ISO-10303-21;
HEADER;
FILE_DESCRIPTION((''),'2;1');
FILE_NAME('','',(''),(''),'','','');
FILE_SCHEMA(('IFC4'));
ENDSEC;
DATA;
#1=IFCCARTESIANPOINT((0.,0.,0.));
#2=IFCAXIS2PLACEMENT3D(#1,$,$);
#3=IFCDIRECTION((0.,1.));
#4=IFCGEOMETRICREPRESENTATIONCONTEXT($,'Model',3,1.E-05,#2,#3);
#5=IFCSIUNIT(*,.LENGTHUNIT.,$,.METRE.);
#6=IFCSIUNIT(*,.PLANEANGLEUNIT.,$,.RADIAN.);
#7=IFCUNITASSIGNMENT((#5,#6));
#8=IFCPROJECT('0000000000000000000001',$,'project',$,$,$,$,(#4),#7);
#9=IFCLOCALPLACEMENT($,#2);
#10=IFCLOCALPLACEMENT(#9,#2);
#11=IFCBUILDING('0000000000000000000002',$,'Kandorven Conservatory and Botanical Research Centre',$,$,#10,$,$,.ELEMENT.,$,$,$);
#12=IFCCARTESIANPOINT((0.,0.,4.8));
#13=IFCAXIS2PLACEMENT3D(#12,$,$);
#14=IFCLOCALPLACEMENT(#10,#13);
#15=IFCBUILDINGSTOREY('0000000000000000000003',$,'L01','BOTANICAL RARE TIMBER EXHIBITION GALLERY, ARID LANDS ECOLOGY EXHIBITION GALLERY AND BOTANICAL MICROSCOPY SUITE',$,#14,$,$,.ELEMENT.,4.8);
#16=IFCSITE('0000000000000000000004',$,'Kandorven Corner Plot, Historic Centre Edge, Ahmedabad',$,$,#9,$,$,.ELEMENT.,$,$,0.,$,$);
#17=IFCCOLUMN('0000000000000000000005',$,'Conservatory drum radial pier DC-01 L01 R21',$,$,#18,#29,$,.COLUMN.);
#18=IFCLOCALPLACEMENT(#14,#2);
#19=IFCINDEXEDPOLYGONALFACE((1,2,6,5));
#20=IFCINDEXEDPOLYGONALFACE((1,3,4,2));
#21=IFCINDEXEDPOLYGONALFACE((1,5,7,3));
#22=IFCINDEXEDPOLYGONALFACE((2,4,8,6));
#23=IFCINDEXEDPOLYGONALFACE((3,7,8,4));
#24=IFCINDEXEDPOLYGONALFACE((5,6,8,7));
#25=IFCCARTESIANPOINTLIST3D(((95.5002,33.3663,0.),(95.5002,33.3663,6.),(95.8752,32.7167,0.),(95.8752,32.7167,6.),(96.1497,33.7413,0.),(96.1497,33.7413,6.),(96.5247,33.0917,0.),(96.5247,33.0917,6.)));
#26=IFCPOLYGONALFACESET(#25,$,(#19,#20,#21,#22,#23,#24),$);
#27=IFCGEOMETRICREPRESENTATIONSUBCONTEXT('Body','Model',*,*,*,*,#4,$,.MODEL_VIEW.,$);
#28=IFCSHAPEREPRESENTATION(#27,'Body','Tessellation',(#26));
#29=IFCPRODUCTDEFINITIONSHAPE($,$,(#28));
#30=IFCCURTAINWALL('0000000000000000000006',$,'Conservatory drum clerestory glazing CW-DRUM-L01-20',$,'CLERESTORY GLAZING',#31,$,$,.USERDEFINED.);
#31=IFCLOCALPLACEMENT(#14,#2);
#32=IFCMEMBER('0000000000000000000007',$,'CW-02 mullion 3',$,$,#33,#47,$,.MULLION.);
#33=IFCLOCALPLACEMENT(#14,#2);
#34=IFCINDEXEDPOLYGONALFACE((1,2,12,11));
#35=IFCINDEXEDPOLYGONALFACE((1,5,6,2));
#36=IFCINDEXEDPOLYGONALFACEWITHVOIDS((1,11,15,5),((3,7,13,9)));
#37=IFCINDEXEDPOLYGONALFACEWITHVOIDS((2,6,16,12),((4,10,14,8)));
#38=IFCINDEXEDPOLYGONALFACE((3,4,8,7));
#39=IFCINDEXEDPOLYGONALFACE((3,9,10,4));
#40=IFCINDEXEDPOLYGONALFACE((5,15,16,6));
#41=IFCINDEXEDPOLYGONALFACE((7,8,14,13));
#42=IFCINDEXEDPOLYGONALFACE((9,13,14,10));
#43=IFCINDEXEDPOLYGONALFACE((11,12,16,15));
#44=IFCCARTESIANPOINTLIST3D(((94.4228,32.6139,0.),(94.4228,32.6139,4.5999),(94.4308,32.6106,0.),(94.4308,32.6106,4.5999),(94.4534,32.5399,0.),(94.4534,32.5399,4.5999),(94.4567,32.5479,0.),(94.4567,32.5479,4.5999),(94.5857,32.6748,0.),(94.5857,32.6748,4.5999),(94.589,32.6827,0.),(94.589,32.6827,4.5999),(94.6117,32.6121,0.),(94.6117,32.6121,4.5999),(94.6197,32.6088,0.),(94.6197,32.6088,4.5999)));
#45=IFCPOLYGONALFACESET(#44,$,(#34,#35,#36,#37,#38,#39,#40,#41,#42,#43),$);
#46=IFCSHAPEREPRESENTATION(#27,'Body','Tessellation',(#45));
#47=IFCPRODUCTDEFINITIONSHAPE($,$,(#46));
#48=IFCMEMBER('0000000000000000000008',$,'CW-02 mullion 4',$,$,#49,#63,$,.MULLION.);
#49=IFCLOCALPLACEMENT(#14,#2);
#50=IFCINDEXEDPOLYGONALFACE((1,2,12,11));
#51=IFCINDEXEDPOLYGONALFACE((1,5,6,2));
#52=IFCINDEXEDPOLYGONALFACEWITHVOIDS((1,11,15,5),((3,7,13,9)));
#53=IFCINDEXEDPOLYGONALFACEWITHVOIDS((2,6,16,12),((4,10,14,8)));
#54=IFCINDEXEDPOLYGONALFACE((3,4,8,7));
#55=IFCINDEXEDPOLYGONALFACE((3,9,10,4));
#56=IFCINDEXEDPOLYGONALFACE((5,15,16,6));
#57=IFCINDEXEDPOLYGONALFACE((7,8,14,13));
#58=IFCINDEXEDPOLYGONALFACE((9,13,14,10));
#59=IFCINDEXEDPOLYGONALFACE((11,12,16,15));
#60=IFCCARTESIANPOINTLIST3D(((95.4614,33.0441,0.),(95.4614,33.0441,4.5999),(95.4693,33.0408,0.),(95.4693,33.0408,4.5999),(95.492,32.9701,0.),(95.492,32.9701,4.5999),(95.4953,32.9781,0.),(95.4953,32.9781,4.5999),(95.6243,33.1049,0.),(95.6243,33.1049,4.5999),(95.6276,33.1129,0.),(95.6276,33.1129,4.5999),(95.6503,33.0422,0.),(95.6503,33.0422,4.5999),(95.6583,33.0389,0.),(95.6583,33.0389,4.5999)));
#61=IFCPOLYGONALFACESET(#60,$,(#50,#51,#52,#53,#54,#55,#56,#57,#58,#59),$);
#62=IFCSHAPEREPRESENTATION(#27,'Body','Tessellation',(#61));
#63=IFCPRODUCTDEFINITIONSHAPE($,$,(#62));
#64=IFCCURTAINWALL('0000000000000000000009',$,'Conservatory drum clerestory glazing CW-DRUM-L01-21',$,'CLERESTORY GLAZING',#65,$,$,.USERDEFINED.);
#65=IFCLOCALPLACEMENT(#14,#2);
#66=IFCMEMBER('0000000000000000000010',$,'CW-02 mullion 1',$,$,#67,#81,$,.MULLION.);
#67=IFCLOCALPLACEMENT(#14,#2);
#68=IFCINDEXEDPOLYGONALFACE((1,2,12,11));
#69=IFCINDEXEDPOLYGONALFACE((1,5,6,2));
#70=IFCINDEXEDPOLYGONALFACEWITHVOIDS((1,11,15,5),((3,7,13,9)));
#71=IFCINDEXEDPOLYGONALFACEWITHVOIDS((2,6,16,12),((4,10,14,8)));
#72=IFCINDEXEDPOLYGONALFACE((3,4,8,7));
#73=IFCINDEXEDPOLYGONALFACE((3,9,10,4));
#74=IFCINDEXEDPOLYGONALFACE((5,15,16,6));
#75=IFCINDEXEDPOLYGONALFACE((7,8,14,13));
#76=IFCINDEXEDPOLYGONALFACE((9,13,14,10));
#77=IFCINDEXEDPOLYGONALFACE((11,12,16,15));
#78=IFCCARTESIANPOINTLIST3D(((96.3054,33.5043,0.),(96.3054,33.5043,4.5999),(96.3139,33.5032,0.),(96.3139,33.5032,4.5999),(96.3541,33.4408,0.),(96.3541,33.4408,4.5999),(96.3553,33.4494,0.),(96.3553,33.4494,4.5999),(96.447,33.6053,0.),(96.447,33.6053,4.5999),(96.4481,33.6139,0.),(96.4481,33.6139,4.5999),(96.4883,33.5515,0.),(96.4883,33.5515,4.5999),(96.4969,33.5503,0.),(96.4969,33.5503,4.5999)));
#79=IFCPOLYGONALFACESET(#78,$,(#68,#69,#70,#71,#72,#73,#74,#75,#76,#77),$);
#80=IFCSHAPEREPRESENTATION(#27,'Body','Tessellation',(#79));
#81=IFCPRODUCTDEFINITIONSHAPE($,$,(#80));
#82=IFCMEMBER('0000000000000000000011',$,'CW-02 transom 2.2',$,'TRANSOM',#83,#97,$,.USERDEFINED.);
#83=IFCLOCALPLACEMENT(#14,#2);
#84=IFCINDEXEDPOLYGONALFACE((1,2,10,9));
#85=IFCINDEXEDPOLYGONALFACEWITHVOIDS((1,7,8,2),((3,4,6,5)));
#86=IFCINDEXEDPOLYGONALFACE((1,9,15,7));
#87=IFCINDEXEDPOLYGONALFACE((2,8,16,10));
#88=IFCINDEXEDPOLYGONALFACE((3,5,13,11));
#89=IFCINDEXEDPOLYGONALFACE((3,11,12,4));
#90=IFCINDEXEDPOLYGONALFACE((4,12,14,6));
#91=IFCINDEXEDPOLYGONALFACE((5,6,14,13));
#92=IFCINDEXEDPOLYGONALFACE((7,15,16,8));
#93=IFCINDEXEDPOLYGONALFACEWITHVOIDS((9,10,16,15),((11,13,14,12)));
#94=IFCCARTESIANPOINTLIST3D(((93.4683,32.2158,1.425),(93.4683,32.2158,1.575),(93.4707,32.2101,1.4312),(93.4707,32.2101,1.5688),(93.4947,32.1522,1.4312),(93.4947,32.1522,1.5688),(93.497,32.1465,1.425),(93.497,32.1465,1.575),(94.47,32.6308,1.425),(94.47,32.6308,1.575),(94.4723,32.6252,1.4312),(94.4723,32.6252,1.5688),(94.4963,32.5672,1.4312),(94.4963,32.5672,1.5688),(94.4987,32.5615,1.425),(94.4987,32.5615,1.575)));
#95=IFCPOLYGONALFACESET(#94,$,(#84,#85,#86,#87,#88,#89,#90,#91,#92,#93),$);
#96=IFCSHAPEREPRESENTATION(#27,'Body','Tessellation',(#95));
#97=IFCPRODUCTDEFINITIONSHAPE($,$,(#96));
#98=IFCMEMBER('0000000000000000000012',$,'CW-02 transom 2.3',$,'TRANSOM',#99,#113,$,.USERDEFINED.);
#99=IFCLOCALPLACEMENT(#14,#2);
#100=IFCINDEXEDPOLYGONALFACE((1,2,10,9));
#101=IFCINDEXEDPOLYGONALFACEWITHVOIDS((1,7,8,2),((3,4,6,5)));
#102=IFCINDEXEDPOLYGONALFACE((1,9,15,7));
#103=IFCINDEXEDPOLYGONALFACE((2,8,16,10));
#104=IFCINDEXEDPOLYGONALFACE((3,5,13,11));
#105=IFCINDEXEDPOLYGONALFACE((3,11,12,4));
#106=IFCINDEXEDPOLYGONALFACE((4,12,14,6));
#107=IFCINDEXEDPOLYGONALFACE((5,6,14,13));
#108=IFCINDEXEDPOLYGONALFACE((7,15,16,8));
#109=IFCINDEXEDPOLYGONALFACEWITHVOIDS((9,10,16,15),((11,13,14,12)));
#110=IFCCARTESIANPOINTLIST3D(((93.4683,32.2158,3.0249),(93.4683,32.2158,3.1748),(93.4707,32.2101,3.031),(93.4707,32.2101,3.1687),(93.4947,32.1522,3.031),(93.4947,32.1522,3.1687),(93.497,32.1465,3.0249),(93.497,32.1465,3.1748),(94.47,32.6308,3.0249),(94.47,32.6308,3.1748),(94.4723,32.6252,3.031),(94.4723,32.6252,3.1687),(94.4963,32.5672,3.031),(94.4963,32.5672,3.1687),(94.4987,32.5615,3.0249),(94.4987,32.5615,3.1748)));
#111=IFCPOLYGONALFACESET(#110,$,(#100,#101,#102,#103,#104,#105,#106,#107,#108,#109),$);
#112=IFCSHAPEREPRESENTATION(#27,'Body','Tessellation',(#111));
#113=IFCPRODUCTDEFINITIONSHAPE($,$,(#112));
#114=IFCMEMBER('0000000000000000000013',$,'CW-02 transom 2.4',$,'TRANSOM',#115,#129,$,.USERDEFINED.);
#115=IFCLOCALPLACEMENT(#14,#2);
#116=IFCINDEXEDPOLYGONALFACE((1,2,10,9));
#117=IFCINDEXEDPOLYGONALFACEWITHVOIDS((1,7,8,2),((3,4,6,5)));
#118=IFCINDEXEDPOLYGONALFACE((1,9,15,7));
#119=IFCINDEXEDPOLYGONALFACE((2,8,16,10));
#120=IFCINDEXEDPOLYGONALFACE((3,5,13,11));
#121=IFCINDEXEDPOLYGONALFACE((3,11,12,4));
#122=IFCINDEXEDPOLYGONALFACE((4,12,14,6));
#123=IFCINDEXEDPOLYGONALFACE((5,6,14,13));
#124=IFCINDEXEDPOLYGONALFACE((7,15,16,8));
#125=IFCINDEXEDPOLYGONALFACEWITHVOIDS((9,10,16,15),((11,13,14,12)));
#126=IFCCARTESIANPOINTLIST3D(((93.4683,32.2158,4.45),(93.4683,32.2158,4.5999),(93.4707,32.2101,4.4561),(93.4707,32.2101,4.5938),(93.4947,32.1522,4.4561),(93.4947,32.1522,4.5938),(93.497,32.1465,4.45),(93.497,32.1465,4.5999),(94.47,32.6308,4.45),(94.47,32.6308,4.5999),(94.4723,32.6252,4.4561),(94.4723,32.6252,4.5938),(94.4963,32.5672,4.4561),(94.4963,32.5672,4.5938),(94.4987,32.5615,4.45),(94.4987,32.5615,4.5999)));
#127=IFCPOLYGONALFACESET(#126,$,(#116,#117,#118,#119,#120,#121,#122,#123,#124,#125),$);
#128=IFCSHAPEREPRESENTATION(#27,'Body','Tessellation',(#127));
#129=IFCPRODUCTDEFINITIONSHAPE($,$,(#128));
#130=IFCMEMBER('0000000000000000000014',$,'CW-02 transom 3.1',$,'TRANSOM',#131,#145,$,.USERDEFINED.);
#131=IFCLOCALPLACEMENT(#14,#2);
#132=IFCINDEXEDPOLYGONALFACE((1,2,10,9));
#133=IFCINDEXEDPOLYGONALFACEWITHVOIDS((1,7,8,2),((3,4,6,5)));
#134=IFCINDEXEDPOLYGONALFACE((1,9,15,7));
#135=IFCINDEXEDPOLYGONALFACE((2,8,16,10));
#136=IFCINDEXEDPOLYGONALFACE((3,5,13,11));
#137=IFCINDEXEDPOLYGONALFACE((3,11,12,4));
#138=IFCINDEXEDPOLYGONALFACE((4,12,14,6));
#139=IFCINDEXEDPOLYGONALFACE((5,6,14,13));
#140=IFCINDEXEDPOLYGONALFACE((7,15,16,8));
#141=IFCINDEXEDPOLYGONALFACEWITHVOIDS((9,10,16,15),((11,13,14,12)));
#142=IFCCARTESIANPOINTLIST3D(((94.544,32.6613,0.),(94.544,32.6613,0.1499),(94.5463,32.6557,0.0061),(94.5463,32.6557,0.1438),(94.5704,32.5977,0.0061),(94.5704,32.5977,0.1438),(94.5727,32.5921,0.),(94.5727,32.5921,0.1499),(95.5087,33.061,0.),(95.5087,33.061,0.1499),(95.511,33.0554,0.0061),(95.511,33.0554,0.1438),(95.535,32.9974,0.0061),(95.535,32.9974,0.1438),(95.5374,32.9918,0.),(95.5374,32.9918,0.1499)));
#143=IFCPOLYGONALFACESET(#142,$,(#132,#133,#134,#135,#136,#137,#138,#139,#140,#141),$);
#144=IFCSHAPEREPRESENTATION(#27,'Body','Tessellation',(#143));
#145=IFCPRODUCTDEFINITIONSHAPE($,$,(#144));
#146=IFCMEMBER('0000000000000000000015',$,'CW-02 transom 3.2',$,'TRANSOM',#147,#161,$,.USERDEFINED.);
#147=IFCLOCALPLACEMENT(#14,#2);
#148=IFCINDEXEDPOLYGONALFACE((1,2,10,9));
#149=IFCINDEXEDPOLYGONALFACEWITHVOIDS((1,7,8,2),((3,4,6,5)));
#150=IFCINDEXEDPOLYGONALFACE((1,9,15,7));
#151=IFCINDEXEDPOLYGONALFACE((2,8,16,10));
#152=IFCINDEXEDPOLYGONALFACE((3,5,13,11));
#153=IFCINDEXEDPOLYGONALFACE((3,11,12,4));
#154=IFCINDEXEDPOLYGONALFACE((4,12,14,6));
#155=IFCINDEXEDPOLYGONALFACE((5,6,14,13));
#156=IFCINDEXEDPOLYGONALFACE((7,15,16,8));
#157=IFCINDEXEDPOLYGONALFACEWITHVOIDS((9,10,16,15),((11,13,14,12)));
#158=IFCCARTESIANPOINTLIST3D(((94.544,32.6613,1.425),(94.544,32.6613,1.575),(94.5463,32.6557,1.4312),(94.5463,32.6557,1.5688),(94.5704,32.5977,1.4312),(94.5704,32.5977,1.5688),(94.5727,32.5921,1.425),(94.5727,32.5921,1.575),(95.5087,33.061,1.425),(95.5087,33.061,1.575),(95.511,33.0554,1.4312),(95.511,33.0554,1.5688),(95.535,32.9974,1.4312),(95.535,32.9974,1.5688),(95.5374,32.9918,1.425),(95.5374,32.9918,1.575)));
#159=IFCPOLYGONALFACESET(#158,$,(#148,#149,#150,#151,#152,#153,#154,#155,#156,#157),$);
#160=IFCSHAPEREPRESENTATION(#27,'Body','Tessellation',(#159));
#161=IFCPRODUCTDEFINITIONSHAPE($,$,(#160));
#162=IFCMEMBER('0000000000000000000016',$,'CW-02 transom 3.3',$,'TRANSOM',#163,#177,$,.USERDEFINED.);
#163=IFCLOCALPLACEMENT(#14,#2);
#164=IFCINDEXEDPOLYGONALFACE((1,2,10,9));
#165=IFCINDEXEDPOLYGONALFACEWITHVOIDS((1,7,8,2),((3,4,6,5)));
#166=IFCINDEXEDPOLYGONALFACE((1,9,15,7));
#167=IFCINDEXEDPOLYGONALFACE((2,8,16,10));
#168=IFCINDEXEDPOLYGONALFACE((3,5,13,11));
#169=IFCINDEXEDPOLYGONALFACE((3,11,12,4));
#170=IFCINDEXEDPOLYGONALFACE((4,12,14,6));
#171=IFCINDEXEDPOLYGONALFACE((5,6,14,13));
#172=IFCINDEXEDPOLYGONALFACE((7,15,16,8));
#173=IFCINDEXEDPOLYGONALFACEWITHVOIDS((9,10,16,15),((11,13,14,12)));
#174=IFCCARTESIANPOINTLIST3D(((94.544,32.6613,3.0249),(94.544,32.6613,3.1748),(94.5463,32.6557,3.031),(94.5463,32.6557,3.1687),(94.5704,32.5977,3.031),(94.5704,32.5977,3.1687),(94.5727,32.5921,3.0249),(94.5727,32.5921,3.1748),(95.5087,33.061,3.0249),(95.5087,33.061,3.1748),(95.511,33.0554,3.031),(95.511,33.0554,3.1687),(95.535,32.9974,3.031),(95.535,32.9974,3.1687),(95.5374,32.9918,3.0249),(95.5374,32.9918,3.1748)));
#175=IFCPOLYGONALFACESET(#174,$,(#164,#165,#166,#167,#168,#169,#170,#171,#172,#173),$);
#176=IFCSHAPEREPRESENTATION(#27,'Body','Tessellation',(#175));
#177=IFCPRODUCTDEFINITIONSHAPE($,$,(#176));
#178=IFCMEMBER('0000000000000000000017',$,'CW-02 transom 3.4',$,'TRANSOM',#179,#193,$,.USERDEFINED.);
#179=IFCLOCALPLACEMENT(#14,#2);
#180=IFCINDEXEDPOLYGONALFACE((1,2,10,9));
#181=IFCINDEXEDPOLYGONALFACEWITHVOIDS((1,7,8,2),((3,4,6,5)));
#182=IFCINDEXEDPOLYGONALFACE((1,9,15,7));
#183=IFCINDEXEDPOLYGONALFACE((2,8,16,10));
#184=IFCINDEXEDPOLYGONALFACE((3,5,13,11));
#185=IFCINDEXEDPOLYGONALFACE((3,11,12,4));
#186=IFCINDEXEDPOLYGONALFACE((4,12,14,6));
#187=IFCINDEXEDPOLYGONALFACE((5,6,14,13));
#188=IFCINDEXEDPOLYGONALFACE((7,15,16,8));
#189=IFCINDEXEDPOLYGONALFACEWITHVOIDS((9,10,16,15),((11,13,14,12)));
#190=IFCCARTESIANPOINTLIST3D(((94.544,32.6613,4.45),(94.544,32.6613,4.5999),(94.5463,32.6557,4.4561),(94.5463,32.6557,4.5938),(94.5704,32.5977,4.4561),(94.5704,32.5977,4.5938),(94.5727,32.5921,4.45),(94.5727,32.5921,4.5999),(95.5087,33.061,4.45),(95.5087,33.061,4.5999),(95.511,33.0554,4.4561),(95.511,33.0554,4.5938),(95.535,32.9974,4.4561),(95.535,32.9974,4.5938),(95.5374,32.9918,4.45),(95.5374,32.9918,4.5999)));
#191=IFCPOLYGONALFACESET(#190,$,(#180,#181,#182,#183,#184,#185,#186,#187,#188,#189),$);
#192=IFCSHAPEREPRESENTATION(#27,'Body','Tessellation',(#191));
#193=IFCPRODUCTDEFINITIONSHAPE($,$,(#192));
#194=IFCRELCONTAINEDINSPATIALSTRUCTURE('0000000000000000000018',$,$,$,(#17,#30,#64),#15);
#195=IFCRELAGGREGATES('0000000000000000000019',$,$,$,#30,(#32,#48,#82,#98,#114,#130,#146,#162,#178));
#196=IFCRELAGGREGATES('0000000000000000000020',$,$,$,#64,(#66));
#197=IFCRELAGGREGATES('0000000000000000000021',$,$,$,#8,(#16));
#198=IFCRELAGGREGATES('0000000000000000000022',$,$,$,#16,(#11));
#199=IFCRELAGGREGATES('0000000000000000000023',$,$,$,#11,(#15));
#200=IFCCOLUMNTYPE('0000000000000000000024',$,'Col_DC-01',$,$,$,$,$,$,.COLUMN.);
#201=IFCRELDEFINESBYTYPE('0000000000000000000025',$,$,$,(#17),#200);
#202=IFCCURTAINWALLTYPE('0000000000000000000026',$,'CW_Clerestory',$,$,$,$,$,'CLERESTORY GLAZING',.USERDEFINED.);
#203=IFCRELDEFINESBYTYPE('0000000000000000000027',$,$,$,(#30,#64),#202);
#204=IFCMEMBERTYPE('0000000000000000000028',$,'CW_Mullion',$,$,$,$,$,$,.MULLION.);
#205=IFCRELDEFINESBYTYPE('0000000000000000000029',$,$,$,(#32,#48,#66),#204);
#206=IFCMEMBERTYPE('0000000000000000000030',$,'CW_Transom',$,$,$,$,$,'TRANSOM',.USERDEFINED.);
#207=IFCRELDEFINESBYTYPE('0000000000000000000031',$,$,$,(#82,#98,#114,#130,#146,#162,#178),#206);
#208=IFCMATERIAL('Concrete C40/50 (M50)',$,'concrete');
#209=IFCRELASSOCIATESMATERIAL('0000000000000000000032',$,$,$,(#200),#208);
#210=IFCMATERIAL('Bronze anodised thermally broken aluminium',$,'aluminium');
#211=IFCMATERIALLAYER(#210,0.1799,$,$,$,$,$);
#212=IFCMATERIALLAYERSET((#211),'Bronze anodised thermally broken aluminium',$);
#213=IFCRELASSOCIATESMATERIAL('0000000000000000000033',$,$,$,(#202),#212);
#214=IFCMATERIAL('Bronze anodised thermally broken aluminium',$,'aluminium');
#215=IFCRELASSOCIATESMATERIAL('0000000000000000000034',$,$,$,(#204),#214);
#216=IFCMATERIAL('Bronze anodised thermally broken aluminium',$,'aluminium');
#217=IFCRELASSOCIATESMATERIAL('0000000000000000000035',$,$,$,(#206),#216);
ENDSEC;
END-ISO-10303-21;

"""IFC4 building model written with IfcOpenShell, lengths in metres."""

from ifc_helpers import new_model, si_unit, direction, frame, origin, origin_2d, place, context, subcontext, project, spatial, rectangle, hollow_rectangle, extrude, material, layer, layer_set, material_profile, profile_set, type_object, element, aggregate, save


model = new_model("IFC4")

# Units and contexts
model_context = context("Model", 3, precision=1e-05, world=origin(), true_north=direction((0.0, 1.0)))
body_context = subcontext(model_context, "Body", "Model", "MODEL_VIEW")
ifc_project = project(units=[si_unit("LENGTHUNIT", "METRE"), si_unit("PLANEANGLEUNIT", "RADIAN")], contexts=[model_context])

# Site, building, storey
site_placement = place(None, origin())
site = spatial("IfcSite", under=ifc_project, at=site_placement, Name="Kandorven Corner Plot, Historic Centre Edge, Ahmedabad", CompositionType="ELEMENT", RefElevation=0.0)
building_placement = place(site_placement, origin())
building = spatial("IfcBuilding", under=site, at=building_placement, Name="Kandorven Conservatory and Botanical Research Centre", CompositionType="ELEMENT")
storey_placement = place(building_placement, frame((0.0, 0.0, 4.8)))
storey = spatial("IfcBuildingStorey", under=building, at=storey_placement, Name="L01", Description="BOTANICAL RARE TIMBER EXHIBITION GALLERY, ARID LANDS ECOLOGY EXHIBITION GALLERY AND BOTANICAL MICROSCOPY SUITE", CompositionType="ELEMENT", Elevation=4.8)

# Column
ifc_material_1 = material(Name="Concrete C40/50 (M50)", Category="concrete")
ifc_material_profile_1 = material_profile(ifc_material_1, rectangle(XDim=0.75, YDim=0.75, at=origin_2d()))
ifc_profile_set_1 = profile_set([ifc_material_profile_1], Name="Concrete C40/50 (M50)")
column_type = type_object("IfcColumnType", Name="Col_DC-01", PredefinedType="COLUMN", material=ifc_profile_set_1)
column_placement = place(storey_placement, frame((96.0125, 33.229, 0.0), z_axis=(0.0, 0.0, 1.0), x_axis=(0.5, -0.866025, 0.0)))
element("IfcColumn", 1, at=column_placement, inside=storey, type_object=column_type, Name="Conservatory drum radial pier DC-01 L01 R21", PredefinedType="COLUMN", context=body_context, shape_type="SweptSolid", body=[
    extrude(rectangle(XDim=0.75, YDim=0.75, at=origin_2d()), origin(), (0.0, 0.0, 1.0), 6.0),
])

# Curtain wall, members
ifc_material_2 = material(Name="Bronze anodised thermally broken aluminium", Category="aluminium")
ifc_layer_1 = layer(ifc_material_2, 0.1799)
ifc_layer_set_1 = layer_set([ifc_layer_1], Name="Bronze anodised thermally broken aluminium")
curtain_wall_type = type_object("IfcCurtainWallType", Name="CW_Clerestory", ElementType="CLERESTORY GLAZING", PredefinedType="USERDEFINED", material=ifc_layer_set_1)
curtain_wall_1_placement = place(storey_placement, origin())
curtain_wall_1 = element("IfcCurtainWall", 2, at=curtain_wall_1_placement, inside=storey, type_object=curtain_wall_type, Name="Conservatory drum clerestory glazing CW-DRUM-L01-20", ObjectType="CLERESTORY GLAZING", PredefinedType="USERDEFINED")
ifc_material_3 = material(Name="Bronze anodised thermally broken aluminium", Category="aluminium")
ifc_material_profile_2 = material_profile(ifc_material_3, hollow_rectangle(XDim=0.0801, YDim=0.1799, WallThickness=0.0061, at=origin_2d()))
ifc_profile_set_2 = profile_set([ifc_material_profile_2], Name="Bronze anodised thermally broken aluminium")
member_type_1 = type_object("IfcMemberType", Name="CW_Mullion", PredefinedType="MULLION", material=ifc_profile_set_2)
member_1_placement = place(storey_placement, frame((94.5212, 32.6113, 0.0), z_axis=(0.0, 0.0, 1.0), x_axis=(-0.382669, 0.923886, 0.0)))
member_1 = element("IfcMember", 3, at=member_1_placement, type_object=member_type_1, Name="CW-02 mullion 3", PredefinedType="MULLION", context=body_context, shape_type="SweptSolid", body=[
    extrude(hollow_rectangle(XDim=0.0801, YDim=0.1799, WallThickness=0.0061, at=origin_2d()), origin(), (0.0, 0.0, 1.0), 4.5999),
])
member_2_placement = place(storey_placement, frame((95.5598, 33.0415, 0.0), z_axis=(0.0, 0.0, 1.0), x_axis=(-0.382669, 0.923886, 0.0)))
member_2 = element("IfcMember", 4, at=member_2_placement, type_object=member_type_1, Name="CW-02 mullion 4", PredefinedType="MULLION", context=body_context, shape_type="SweptSolid", body=[
    extrude(hollow_rectangle(XDim=0.0801, YDim=0.1799, WallThickness=0.0061, at=origin_2d()), origin(), (0.0, 0.0, 1.0), 4.5999),
])

# Curtain wall, member
curtain_wall_2_placement = place(storey_placement, origin())
curtain_wall_2 = element("IfcCurtainWall", 5, at=curtain_wall_2_placement, inside=storey, type_object=curtain_wall_type, Name="Conservatory drum clerestory glazing CW-DRUM-L01-21", ObjectType="CLERESTORY GLAZING", PredefinedType="USERDEFINED")
member_3_placement = place(storey_placement, frame((96.4011, 33.5273, 0.0), z_axis=(0.0, 0.0, 1.0), x_axis=(-0.608769, 0.793347, 0.0)))
member_3 = element("IfcMember", 6, at=member_3_placement, type_object=member_type_1, Name="CW-02 mullion 1", PredefinedType="MULLION", context=body_context, shape_type="SweptSolid", body=[
    extrude(hollow_rectangle(XDim=0.0801, YDim=0.1799, WallThickness=0.0061, at=origin_2d()), origin(), (0.0, 0.0, 1.0), 4.5999),
])

# Members
ifc_material_4 = material(Name="Bronze anodised thermally broken aluminium", Category="aluminium")
ifc_material_profile_3 = material_profile(ifc_material_4, hollow_rectangle(XDim=0.075, YDim=0.1499, WallThickness=0.0061, at=origin_2d()))
ifc_profile_set_3 = profile_set([ifc_material_profile_3], Name="Bronze anodised thermally broken aluminium")
member_type_2 = type_object("IfcMemberType", Name="CW_Transom", ElementType="TRANSOM", PredefinedType="USERDEFINED", material=ifc_profile_set_3)
member_4_placement = place(storey_placement, frame((93.4827, 32.1812, 1.5), z_axis=(0.923841, 0.382776, 0.0), x_axis=(-0.382776, 0.923841, 0.0)))
member_4 = element("IfcMember", 7, at=member_4_placement, type_object=member_type_2, Name="CW-02 transom 2.2", ObjectType="TRANSOM", PredefinedType="USERDEFINED", context=body_context, shape_type="SweptSolid", body=[
    extrude(hollow_rectangle(XDim=0.075, YDim=0.1499, WallThickness=0.0061, at=origin_2d()), origin(), (0.0, 0.0, 1.0), 1.0842),
])
member_5_placement = place(storey_placement, frame((93.4827, 32.1812, 3.0999), z_axis=(0.923841, 0.382776, 0.0), x_axis=(-0.382776, 0.923841, 0.0)))
member_5 = element("IfcMember", 8, at=member_5_placement, type_object=member_type_2, Name="CW-02 transom 2.3", ObjectType="TRANSOM", PredefinedType="USERDEFINED", context=body_context, shape_type="SweptSolid", body=[
    extrude(hollow_rectangle(XDim=0.075, YDim=0.1499, WallThickness=0.0061, at=origin_2d()), origin(), (0.0, 0.0, 1.0), 1.0842),
])
member_6_placement = place(storey_placement, frame((93.4827, 32.1812, 4.5249), z_axis=(0.923841, 0.382776, 0.0), x_axis=(-0.382776, 0.923841, 0.0)))
member_6 = element("IfcMember", 9, at=member_6_placement, type_object=member_type_2, Name="CW-02 transom 2.4", ObjectType="TRANSOM", PredefinedType="USERDEFINED", context=body_context, shape_type="SweptSolid", body=[
    extrude(hollow_rectangle(XDim=0.075, YDim=0.1499, WallThickness=0.0061, at=origin_2d()), origin(), (0.0, 0.0, 1.0), 1.0842),
])
member_7_placement = place(storey_placement, frame((94.5583, 32.6267, 0.075), z_axis=(0.923843, 0.382772, 0.0), x_axis=(-0.382772, 0.923843, 0.0)))
member_7 = element("IfcMember", 10, at=member_7_placement, type_object=member_type_2, Name="CW-02 transom 3.1", ObjectType="TRANSOM", PredefinedType="USERDEFINED", context=body_context, shape_type="SweptSolid", body=[
    extrude(hollow_rectangle(XDim=0.075, YDim=0.1499, WallThickness=0.0061, at=origin_2d()), origin(), (0.0, 0.0, 1.0), 1.0442),
])
member_8_placement = place(storey_placement, frame((94.5583, 32.6267, 1.5), z_axis=(0.923843, 0.382772, 0.0), x_axis=(-0.382772, 0.923843, 0.0)))
member_8 = element("IfcMember", 11, at=member_8_placement, type_object=member_type_2, Name="CW-02 transom 3.2", ObjectType="TRANSOM", PredefinedType="USERDEFINED", context=body_context, shape_type="SweptSolid", body=[
    extrude(hollow_rectangle(XDim=0.075, YDim=0.1499, WallThickness=0.0061, at=origin_2d()), origin(), (0.0, 0.0, 1.0), 1.0442),
])
member_9_placement = place(storey_placement, frame((94.5583, 32.6267, 3.0999), z_axis=(0.923843, 0.382772, 0.0), x_axis=(-0.382772, 0.923843, 0.0)))
member_9 = element("IfcMember", 12, at=member_9_placement, type_object=member_type_2, Name="CW-02 transom 3.3", ObjectType="TRANSOM", PredefinedType="USERDEFINED", context=body_context, shape_type="SweptSolid", body=[
    extrude(hollow_rectangle(XDim=0.075, YDim=0.1499, WallThickness=0.0061, at=origin_2d()), origin(), (0.0, 0.0, 1.0), 1.0442),
])
member_10_placement = place(storey_placement, frame((94.5583, 32.6267, 4.5249), z_axis=(0.923843, 0.382772, 0.0), x_axis=(-0.382772, 0.923843, 0.0)))
member_10 = element("IfcMember", 13, at=member_10_placement, type_object=member_type_2, Name="CW-02 transom 3.4", ObjectType="TRANSOM", PredefinedType="USERDEFINED", context=body_context, shape_type="SweptSolid", body=[
    extrude(hollow_rectangle(XDim=0.075, YDim=0.1499, WallThickness=0.0061, at=origin_2d()), origin(), (0.0, 0.0, 1.0), 1.0442),
])

aggregate(curtain_wall_1, [member_1, member_2, member_4, member_5, member_6, member_7, member_8, member_9, member_10])
aggregate(curtain_wall_2, [member_3])

save(model, "model.ifc")
